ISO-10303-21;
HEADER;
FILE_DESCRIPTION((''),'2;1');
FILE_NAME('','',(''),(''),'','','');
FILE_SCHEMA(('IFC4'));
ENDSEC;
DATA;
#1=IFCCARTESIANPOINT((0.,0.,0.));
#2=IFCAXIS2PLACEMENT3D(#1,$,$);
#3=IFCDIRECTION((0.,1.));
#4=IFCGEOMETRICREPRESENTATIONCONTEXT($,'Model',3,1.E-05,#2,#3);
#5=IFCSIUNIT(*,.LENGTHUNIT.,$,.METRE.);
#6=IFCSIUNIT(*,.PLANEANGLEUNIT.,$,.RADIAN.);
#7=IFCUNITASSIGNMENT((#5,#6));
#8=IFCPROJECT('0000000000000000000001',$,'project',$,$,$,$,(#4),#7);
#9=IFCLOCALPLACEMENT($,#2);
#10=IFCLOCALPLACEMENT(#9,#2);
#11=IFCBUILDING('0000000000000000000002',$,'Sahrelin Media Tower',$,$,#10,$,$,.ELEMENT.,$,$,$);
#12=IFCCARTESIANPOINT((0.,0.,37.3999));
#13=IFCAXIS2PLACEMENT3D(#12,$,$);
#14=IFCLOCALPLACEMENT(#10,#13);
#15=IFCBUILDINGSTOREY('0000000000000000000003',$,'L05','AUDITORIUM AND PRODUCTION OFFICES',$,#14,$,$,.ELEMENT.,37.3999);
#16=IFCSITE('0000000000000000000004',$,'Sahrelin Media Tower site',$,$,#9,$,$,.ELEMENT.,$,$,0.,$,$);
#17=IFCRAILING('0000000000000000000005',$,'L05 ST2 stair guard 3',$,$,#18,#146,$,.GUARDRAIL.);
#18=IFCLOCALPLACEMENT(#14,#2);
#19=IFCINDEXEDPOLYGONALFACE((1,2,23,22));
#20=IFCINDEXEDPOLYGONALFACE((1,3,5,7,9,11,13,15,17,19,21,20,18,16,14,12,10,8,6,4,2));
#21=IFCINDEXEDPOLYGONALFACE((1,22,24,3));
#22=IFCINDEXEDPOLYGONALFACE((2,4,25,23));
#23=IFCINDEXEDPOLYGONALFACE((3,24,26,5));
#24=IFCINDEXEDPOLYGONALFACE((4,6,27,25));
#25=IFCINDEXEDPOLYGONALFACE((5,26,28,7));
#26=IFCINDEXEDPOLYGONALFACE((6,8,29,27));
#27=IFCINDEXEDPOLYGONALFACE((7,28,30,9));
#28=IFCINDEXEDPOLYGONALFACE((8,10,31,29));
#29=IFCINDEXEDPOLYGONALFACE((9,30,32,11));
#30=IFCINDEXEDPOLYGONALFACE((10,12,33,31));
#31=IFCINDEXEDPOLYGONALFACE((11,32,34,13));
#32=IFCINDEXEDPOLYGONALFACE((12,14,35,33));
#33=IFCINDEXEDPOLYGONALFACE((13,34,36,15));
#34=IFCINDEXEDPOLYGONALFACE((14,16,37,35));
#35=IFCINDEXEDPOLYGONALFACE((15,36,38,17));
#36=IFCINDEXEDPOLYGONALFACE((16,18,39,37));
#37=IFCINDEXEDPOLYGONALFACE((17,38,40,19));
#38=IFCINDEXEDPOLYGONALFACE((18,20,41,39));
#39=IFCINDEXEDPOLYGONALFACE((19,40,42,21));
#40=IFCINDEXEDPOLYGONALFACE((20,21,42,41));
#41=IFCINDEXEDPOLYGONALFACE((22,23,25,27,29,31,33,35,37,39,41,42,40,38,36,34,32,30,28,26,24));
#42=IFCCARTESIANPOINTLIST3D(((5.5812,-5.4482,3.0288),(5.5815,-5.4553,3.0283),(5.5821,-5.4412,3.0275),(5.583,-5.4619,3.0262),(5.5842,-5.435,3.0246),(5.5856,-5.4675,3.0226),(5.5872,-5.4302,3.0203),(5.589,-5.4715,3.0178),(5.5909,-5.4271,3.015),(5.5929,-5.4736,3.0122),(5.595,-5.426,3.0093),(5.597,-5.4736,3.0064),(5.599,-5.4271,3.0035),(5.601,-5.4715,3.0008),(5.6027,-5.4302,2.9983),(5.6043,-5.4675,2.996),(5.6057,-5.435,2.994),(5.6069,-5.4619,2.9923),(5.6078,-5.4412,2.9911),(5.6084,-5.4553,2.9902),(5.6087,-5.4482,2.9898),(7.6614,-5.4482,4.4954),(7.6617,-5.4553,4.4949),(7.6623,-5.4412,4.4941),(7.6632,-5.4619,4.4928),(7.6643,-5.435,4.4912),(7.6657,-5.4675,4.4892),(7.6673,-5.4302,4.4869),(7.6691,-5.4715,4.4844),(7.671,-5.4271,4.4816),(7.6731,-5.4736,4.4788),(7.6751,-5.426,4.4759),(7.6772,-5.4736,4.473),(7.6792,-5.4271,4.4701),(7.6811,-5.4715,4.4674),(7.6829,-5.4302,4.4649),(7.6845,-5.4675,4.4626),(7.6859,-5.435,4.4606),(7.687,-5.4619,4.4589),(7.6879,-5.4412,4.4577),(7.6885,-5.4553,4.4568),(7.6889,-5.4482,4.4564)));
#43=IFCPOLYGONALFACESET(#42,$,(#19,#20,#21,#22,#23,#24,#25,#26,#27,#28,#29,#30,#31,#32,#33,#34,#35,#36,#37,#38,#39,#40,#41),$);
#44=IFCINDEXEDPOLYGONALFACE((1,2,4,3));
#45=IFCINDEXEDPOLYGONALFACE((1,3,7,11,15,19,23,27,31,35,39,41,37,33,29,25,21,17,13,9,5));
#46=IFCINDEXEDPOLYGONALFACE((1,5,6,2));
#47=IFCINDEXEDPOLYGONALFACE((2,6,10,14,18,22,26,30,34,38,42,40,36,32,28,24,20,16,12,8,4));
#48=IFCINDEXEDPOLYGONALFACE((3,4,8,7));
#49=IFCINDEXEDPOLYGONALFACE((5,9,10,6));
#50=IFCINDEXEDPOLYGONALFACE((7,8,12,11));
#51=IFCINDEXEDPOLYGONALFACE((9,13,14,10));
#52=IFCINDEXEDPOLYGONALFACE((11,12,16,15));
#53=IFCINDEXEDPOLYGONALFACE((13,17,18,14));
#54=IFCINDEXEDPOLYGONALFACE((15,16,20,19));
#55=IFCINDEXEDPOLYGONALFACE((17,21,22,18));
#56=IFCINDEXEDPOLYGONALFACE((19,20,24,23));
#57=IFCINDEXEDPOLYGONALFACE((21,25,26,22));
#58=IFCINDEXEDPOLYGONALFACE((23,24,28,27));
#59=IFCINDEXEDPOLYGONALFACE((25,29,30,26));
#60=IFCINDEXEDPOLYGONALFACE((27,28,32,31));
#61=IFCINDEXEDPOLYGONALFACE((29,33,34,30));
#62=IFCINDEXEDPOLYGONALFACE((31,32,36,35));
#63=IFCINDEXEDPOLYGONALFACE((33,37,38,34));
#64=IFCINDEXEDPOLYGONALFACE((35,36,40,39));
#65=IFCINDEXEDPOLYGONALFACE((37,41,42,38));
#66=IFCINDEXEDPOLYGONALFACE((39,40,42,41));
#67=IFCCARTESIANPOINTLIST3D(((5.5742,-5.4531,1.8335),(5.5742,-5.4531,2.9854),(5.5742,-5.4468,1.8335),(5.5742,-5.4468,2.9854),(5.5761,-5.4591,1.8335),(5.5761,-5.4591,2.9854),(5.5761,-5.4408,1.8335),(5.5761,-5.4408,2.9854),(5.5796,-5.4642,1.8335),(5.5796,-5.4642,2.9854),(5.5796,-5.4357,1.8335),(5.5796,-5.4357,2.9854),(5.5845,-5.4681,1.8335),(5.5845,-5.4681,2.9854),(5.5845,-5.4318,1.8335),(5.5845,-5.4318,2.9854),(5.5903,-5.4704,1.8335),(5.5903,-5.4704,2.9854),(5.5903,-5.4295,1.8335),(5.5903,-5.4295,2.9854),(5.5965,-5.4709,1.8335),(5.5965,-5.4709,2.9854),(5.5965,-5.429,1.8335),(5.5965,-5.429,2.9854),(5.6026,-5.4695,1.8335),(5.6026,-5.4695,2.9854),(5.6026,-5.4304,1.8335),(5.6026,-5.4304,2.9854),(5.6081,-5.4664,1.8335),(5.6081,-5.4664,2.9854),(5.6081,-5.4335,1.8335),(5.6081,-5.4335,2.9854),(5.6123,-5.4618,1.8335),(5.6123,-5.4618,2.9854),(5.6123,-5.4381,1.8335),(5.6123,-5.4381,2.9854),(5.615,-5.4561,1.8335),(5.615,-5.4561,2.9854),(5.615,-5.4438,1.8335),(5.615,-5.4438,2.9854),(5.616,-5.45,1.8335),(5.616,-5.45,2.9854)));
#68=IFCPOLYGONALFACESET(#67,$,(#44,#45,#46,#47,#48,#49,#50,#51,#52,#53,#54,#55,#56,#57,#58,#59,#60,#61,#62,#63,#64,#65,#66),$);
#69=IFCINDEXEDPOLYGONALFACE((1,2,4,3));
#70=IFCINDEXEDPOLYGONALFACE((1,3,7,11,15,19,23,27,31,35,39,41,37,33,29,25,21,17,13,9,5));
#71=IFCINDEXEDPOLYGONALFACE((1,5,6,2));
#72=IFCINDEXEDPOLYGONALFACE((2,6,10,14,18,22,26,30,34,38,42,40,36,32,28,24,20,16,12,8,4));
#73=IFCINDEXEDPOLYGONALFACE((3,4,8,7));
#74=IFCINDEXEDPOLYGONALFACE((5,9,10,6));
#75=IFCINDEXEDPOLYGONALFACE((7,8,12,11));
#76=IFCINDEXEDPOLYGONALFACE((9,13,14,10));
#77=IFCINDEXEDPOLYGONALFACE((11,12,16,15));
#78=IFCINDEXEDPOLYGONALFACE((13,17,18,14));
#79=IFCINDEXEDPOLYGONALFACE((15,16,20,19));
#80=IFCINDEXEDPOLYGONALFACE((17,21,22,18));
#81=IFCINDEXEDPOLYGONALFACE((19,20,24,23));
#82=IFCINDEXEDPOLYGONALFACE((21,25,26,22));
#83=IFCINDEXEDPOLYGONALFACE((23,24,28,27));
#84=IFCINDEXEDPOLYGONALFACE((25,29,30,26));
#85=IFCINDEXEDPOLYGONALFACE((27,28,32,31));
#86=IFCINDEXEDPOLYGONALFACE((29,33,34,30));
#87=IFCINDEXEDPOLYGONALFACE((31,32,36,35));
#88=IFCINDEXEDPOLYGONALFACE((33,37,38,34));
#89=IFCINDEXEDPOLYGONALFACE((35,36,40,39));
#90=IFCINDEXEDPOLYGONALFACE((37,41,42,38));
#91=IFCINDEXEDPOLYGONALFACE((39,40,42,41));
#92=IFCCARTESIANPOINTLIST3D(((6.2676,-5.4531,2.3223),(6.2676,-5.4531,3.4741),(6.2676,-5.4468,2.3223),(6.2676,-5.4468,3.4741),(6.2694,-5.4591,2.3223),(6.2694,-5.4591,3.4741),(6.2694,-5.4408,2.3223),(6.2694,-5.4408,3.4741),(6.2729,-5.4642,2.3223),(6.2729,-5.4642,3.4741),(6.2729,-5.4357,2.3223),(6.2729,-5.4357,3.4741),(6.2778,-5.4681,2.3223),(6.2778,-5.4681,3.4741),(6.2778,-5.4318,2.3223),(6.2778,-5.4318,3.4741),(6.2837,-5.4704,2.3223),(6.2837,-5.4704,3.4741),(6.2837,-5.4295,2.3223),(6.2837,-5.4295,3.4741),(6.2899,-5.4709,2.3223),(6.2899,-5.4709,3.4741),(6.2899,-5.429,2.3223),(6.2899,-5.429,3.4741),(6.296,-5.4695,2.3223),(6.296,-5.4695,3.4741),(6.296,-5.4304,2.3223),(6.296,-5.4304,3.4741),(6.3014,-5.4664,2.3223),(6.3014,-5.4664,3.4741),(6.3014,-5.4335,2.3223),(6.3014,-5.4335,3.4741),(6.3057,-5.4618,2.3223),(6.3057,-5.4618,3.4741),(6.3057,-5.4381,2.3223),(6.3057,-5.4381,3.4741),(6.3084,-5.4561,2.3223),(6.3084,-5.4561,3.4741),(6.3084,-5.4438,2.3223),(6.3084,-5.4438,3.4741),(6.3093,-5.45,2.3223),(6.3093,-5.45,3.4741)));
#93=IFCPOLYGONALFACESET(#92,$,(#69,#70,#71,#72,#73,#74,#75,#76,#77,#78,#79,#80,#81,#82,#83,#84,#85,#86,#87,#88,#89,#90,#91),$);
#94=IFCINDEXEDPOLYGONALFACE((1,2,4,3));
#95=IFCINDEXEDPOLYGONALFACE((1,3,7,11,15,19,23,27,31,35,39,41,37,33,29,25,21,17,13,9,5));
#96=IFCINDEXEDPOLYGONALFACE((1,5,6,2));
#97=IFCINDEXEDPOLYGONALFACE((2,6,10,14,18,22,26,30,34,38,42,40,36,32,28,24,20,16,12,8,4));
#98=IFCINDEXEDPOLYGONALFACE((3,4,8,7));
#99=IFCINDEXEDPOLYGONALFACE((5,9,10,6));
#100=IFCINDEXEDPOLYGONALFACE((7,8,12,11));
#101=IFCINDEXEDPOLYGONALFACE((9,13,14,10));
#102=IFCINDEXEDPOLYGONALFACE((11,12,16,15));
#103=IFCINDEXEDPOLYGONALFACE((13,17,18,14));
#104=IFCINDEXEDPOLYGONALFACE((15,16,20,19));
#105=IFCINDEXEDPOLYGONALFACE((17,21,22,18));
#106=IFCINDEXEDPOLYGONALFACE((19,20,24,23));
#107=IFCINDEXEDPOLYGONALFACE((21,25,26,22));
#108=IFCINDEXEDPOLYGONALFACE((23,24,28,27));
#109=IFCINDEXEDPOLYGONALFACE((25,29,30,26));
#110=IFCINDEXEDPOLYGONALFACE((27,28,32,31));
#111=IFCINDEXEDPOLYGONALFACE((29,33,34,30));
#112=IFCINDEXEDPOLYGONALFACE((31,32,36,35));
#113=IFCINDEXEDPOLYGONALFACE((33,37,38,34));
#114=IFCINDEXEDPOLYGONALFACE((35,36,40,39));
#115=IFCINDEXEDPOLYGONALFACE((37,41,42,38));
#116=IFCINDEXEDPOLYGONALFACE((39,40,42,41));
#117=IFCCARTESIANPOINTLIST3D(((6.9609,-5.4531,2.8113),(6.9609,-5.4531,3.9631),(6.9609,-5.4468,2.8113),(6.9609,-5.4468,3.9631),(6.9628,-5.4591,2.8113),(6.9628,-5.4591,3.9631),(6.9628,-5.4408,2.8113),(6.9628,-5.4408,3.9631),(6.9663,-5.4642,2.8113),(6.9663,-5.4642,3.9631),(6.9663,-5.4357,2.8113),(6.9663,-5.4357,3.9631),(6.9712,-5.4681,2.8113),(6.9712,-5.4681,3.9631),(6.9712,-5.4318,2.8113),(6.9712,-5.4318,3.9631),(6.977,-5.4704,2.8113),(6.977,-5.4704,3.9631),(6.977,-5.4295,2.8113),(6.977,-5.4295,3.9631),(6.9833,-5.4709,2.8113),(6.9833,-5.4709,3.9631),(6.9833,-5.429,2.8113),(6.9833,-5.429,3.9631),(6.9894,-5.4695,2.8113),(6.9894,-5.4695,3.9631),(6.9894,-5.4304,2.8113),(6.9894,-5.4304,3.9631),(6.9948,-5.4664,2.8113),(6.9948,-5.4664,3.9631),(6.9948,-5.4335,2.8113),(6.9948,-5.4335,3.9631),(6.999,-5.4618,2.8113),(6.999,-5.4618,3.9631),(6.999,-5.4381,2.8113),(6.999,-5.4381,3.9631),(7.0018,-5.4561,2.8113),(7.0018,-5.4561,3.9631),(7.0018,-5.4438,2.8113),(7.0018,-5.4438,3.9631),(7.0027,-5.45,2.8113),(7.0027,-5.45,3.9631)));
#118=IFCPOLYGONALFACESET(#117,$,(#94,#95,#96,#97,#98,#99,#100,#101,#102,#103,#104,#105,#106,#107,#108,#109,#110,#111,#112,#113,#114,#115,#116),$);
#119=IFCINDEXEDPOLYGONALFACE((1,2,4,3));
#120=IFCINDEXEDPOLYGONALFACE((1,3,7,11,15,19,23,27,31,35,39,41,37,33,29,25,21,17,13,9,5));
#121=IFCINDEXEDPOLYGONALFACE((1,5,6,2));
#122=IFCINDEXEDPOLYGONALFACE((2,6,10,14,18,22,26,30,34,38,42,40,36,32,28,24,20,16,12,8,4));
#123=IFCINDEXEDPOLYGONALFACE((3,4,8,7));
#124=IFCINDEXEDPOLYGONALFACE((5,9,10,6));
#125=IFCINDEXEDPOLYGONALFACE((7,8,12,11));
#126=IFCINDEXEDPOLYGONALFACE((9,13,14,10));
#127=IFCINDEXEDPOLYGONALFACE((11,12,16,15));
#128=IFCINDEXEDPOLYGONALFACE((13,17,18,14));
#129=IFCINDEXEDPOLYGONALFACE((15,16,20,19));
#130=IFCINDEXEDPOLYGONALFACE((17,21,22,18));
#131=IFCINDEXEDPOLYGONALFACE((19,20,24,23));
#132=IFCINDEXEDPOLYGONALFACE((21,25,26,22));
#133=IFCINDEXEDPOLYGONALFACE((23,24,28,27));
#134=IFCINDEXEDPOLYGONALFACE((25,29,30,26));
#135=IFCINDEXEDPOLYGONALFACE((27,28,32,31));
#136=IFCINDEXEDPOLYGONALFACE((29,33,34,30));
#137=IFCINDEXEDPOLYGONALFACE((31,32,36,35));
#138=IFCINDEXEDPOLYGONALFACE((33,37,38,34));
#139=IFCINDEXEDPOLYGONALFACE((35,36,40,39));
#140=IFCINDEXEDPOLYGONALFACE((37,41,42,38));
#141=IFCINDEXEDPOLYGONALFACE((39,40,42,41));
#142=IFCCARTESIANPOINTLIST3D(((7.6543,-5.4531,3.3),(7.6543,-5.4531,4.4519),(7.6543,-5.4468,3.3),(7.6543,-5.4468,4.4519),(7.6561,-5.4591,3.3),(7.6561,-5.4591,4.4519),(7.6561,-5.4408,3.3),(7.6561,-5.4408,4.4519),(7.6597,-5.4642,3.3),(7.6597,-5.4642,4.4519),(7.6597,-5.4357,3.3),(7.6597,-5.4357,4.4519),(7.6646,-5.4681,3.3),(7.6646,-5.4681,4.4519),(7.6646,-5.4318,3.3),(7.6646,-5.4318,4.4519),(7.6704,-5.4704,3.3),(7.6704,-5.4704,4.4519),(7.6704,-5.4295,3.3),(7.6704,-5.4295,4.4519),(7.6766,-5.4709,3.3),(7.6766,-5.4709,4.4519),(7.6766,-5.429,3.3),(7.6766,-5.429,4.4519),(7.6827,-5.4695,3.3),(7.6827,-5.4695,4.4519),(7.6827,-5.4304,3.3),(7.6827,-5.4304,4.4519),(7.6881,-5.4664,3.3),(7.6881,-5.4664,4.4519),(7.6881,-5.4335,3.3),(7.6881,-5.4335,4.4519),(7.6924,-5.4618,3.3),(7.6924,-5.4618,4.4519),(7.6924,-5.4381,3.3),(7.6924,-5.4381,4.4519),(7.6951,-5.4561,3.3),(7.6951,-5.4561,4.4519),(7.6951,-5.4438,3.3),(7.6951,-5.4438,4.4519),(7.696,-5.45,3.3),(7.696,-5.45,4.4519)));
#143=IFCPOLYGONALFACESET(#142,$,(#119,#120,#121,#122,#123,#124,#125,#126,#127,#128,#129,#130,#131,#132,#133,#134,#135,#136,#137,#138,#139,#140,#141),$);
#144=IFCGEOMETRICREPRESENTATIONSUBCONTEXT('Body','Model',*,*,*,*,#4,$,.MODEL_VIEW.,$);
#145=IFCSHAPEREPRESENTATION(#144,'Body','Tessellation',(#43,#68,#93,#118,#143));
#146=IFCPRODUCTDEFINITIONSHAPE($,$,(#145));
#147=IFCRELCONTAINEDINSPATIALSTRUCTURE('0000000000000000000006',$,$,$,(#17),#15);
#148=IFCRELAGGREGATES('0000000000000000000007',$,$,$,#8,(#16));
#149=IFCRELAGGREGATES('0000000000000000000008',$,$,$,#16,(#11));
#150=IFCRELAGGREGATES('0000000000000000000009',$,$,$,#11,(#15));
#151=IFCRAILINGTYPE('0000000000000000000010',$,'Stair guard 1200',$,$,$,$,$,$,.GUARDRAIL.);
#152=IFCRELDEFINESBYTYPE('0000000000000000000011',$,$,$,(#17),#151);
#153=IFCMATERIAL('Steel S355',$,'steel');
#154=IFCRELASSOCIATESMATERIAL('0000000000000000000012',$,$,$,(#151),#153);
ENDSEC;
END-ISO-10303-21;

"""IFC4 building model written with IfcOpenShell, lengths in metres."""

from ifc_helpers import new_model, si_unit, direction, frame, origin, origin_2d, place, context, subcontext, project, spatial, circle, extrude, material, type_object, element, save


model = new_model("IFC4")

# Units and contexts
model_context = context("Model", 3, precision=1e-05, world=origin(), true_north=direction((0.0, 1.0)))
body_context = subcontext(model_context, "Body", "Model", "MODEL_VIEW")
ifc_project = project(units=[si_unit("LENGTHUNIT", "METRE"), si_unit("PLANEANGLEUNIT", "RADIAN")], contexts=[model_context])

# Site, building, storey
site_placement = place(None, origin())
site = spatial("IfcSite", under=ifc_project, at=site_placement, Name="Sahrelin Media Tower site", CompositionType="ELEMENT", RefElevation=0.0)
building_placement = place(site_placement, origin())
building = spatial("IfcBuilding", under=site, at=building_placement, Name="Sahrelin Media Tower", CompositionType="ELEMENT")
storey_placement = place(building_placement, frame((0.0, 0.0, 37.3999)))
storey = spatial("IfcBuildingStorey", under=building, at=storey_placement, Name="L05", Description="AUDITORIUM AND PRODUCTION OFFICES", CompositionType="ELEMENT", Elevation=37.3999)

# Shared definitions
ifc_material_1 = material(Name="Steel S355", Category="steel")

# Railing
railing_type_1 = type_object("IfcRailingType", Name="Stair guard 1200", PredefinedType="GUARDRAIL", material=ifc_material_1)
railing_1_placement = place(storey_placement, frame((5.595, -5.45, 1.8335)))
element("IfcRailing", 1, at=railing_1_placement, inside=storey, type_object=railing_type_1, Name="L05 ST2 stair guard 3", PredefinedType="GUARDRAIL", context=body_context, shape_type="SweptSolid", body=[
    extrude(circle(Radius=0.0239, at=origin_2d()), frame((0.0, 0.0, 1.1758), z_axis=(0.817289, 0.0, 0.576227), x_axis=(0.0, 1.0, 0.0)), (0.0, 0.0, 1.0), 2.5452),
    extrude(circle(Radius=0.021, at=origin_2d()), origin(), (0.0, 0.0, 1.0), 1.1519),
    extrude(circle(Radius=0.021, at=origin_2d()), frame((0.6934, 0.0, 0.4888)), (0.0, 0.0, 1.0), 1.1519),
    extrude(circle(Radius=0.021, at=origin_2d()), frame((1.3867, 0.0, 0.9778)), (0.0, 0.0, 1.0), 1.1519),
    extrude(circle(Radius=0.021, at=origin_2d()), frame((2.0801, 0.0, 1.4666)), (0.0, 0.0, 1.0), 1.1519),
])

save(model, "model.ifc")
